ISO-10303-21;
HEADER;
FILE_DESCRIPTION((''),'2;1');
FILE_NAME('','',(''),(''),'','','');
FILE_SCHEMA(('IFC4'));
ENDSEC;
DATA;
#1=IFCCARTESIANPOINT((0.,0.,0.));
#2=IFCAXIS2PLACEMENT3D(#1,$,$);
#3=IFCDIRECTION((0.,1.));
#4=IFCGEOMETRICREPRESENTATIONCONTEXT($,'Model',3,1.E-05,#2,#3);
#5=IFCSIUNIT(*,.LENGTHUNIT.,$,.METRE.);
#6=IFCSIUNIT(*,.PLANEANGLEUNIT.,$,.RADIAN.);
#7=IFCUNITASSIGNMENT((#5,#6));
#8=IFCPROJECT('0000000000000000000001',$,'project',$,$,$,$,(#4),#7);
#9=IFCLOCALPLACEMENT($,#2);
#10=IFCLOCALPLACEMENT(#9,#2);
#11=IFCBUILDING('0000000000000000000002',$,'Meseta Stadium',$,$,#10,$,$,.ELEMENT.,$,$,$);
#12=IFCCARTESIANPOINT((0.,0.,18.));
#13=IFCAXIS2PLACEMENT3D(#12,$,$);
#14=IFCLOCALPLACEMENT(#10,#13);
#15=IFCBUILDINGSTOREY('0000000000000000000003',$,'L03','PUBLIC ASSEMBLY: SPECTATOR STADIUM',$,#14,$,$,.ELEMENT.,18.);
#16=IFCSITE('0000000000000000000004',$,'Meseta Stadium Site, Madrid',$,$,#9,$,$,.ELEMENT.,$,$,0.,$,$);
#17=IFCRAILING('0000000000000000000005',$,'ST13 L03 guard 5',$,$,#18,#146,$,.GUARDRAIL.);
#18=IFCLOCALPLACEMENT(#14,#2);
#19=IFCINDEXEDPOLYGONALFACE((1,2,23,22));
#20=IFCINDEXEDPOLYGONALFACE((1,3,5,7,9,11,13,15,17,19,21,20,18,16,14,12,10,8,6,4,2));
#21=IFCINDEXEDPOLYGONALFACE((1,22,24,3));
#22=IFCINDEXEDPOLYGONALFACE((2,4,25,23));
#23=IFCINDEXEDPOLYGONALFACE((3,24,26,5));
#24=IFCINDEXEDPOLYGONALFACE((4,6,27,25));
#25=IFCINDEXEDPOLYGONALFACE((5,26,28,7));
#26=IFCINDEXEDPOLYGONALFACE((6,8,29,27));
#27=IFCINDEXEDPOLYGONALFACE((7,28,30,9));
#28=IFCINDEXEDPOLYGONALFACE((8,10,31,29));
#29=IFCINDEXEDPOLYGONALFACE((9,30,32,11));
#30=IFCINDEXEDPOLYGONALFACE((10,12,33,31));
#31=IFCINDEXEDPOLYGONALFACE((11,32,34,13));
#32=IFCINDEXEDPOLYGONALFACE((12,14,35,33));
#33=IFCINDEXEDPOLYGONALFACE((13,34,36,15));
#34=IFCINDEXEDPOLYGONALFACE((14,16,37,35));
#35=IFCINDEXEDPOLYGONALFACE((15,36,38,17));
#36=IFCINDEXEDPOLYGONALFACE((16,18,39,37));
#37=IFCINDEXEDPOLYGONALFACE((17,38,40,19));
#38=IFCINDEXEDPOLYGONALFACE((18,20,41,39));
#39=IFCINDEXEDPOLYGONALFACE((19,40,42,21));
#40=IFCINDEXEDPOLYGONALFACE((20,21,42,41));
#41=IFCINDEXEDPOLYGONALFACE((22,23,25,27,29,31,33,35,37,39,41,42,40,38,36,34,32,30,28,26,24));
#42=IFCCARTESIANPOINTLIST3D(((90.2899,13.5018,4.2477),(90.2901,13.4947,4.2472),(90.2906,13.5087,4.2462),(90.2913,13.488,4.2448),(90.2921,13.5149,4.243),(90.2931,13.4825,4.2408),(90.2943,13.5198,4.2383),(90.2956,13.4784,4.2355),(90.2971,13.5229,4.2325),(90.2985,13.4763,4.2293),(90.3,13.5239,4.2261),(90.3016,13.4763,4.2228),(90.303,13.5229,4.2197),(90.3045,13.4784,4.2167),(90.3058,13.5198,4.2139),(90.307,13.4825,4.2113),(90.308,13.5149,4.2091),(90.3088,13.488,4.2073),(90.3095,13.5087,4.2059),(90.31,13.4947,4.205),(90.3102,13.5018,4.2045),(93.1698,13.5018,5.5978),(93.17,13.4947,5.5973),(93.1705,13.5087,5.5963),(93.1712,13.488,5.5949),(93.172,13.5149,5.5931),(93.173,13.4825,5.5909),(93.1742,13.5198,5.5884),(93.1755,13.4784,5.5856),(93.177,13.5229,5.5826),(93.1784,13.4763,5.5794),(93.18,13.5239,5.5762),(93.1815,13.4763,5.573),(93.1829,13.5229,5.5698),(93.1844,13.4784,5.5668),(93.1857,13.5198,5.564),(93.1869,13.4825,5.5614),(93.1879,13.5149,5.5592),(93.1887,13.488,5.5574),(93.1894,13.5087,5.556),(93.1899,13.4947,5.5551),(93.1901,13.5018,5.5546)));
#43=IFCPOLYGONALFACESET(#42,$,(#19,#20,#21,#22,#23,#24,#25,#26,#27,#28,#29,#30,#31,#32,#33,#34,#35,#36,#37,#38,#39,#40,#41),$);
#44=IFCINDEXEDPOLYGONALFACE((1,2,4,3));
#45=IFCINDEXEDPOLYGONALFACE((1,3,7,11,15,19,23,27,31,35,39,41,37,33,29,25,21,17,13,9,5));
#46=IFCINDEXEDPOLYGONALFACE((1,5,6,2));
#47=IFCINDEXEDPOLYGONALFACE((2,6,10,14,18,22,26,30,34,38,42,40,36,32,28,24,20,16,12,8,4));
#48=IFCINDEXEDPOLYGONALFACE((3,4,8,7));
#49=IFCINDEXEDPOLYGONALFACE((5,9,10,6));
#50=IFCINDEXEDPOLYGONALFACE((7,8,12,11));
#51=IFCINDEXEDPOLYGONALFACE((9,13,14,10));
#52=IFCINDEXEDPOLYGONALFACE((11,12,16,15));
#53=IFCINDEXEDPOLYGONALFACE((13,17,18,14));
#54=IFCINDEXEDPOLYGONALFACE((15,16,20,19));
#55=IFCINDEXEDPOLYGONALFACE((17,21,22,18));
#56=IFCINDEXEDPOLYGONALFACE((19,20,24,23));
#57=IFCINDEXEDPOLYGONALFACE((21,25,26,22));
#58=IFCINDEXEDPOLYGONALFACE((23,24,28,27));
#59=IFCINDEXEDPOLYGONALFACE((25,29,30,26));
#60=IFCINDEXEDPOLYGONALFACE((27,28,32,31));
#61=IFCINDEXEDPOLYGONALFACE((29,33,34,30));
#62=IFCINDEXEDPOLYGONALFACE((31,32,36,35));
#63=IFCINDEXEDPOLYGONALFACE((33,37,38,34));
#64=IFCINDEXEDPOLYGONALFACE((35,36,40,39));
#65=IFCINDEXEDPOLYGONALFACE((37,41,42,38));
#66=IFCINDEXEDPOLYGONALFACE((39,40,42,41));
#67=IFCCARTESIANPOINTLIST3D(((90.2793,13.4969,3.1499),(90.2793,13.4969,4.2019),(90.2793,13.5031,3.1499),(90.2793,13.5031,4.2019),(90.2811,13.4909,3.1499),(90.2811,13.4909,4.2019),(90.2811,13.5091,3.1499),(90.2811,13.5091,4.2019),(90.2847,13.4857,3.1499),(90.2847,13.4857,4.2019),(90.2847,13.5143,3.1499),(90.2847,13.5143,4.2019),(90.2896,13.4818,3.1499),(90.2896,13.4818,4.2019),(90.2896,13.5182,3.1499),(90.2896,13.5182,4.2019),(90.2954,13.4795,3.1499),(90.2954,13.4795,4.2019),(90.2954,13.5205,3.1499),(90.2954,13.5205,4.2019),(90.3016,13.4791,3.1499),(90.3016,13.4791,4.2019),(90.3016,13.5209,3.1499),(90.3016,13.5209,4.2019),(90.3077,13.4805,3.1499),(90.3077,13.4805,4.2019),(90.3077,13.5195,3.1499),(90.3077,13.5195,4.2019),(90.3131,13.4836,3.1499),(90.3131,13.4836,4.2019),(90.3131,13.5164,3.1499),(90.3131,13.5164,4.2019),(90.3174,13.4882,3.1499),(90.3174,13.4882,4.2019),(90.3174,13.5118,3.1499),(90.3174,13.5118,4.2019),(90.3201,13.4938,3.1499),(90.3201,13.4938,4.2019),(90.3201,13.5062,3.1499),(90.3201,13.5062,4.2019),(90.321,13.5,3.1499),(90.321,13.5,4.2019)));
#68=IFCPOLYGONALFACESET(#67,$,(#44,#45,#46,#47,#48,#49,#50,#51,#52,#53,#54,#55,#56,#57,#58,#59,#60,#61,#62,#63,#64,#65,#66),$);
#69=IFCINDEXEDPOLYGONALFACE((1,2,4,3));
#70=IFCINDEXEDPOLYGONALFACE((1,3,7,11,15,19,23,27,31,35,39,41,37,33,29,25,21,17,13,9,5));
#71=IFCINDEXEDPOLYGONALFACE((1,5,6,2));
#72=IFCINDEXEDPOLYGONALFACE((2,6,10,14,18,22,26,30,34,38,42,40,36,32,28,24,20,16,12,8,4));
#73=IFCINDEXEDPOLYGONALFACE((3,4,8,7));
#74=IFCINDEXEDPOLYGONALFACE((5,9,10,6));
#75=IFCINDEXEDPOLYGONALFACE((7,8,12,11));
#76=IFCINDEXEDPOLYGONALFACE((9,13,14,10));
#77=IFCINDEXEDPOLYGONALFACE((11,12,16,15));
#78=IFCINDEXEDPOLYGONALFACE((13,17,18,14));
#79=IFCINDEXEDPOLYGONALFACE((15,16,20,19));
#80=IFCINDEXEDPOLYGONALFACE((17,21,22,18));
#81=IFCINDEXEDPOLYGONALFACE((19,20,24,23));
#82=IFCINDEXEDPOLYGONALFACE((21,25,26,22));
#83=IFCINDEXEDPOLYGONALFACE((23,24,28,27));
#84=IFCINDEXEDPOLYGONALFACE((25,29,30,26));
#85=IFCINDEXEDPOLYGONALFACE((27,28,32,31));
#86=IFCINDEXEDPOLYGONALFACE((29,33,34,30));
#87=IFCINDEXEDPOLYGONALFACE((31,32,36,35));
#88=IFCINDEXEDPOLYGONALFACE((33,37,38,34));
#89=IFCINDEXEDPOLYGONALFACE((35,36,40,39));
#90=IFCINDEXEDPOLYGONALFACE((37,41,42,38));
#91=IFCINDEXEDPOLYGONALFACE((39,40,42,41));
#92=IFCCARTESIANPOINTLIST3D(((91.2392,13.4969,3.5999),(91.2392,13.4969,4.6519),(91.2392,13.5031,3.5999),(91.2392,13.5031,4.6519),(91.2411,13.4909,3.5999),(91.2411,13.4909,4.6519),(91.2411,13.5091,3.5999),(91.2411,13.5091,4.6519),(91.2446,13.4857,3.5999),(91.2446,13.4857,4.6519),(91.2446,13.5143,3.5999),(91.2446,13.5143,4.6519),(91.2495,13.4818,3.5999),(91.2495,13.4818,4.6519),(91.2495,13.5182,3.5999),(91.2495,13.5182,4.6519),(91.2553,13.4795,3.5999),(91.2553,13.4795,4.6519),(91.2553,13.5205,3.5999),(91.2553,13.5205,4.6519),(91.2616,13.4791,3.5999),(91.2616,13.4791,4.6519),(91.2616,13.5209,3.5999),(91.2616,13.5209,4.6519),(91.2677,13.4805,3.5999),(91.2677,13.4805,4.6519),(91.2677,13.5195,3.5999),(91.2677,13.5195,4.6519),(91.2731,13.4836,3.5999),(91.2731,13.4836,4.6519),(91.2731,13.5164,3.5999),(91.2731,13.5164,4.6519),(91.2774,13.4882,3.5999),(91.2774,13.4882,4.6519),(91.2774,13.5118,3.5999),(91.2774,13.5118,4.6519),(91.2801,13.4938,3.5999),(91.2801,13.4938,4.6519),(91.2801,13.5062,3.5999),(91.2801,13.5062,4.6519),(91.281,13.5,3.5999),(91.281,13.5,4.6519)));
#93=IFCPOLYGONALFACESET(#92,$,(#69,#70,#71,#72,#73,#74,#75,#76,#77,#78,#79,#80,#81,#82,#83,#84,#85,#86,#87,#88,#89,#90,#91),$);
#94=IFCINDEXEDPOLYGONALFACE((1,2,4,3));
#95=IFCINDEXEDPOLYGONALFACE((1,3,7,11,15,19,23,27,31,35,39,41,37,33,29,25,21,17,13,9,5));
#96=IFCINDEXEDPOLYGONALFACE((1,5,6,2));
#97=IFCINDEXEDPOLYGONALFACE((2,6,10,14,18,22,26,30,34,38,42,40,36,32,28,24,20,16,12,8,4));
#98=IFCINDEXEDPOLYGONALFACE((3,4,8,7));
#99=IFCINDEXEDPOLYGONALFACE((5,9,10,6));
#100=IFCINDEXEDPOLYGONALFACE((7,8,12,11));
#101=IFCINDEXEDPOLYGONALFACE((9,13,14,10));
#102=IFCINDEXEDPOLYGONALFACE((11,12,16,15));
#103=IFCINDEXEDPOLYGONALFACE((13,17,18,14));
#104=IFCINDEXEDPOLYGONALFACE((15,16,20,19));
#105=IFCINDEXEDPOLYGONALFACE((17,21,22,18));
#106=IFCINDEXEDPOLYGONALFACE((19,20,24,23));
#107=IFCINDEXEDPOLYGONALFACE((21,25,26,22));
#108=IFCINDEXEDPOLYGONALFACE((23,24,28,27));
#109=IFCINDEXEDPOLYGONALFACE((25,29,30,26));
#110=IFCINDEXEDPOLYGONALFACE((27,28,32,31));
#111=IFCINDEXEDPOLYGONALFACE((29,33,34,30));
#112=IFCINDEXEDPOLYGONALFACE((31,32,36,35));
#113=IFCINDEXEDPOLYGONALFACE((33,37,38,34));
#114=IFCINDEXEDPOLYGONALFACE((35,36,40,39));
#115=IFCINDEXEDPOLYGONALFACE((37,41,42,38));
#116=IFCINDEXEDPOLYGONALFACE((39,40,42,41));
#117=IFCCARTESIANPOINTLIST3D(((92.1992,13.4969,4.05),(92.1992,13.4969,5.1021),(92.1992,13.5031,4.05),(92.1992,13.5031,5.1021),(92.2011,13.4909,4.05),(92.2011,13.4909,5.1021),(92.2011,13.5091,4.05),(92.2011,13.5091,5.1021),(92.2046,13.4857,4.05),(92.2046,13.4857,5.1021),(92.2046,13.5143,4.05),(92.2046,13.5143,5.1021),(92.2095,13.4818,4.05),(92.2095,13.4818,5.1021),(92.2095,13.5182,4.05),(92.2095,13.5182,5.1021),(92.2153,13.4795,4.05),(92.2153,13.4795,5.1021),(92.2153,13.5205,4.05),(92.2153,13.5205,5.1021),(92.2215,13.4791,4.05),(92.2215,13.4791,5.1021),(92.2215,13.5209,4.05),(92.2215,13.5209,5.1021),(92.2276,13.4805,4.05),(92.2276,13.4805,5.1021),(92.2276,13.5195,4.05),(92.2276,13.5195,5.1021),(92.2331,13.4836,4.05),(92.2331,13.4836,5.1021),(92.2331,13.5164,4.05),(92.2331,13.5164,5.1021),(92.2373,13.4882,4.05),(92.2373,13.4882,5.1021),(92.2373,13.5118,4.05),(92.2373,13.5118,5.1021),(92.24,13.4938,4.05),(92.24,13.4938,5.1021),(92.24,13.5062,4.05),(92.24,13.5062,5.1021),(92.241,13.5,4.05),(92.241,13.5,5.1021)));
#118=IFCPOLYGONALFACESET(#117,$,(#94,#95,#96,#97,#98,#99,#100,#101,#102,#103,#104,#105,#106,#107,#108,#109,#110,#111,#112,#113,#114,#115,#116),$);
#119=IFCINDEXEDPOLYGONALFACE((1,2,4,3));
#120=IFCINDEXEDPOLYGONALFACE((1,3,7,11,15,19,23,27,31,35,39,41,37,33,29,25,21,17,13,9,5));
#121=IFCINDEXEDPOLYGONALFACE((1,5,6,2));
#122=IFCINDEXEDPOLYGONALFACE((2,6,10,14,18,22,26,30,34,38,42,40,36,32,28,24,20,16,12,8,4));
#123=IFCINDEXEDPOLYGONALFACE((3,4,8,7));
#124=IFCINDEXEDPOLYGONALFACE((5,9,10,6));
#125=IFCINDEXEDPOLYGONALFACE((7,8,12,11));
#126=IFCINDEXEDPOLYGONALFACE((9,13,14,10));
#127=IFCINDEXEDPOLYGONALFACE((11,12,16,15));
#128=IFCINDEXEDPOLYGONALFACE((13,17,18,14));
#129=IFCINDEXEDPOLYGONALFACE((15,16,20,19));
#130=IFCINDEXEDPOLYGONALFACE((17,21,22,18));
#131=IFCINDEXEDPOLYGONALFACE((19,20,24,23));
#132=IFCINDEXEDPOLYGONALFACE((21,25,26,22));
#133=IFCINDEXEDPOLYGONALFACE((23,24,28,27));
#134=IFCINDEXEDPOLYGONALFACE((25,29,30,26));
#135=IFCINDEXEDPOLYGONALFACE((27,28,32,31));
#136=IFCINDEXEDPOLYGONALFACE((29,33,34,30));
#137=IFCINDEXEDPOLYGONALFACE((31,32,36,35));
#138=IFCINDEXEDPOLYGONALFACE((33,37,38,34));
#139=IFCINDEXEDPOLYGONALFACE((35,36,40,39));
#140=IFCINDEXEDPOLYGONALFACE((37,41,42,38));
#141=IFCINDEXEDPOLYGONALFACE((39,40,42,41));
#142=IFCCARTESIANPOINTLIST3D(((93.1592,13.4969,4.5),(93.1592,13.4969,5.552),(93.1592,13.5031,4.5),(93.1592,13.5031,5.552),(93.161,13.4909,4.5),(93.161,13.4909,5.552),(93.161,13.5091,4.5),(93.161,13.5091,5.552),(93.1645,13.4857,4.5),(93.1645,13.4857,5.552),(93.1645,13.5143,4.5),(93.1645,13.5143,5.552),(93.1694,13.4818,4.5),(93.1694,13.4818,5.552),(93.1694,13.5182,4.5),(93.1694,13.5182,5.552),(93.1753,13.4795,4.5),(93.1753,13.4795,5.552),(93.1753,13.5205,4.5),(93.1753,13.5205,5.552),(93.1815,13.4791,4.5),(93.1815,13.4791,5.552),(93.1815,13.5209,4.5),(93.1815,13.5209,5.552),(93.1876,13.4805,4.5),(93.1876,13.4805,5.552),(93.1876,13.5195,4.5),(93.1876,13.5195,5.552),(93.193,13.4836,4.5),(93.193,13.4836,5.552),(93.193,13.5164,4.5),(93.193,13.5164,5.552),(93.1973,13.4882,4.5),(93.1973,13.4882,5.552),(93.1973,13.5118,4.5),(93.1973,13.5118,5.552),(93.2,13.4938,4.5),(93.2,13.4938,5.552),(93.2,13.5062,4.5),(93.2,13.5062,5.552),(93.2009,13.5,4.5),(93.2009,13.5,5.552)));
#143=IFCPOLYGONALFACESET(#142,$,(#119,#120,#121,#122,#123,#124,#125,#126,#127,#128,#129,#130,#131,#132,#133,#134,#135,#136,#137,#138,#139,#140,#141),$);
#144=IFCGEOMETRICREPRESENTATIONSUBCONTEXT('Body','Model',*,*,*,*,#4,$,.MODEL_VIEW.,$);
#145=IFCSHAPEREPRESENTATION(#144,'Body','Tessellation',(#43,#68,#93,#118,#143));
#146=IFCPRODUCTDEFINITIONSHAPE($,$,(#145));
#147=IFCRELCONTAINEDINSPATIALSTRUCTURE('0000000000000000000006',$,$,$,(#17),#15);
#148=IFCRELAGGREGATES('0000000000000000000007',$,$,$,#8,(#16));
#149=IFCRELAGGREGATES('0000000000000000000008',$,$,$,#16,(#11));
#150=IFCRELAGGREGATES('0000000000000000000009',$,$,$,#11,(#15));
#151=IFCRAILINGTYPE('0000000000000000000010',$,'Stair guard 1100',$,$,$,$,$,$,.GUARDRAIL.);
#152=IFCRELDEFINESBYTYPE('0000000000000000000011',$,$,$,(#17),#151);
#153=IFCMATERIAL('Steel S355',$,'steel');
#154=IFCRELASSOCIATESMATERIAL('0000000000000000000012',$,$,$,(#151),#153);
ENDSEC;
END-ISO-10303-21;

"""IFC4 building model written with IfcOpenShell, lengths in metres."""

from ifc_helpers import new_model, si_unit, direction, frame, origin, origin_2d, place, context, subcontext, project, spatial, circle, extrude, material, type_object, element, save


model = new_model("IFC4")

# Units and contexts
model_context = context("Model", 3, precision=1e-05, world=origin(), true_north=direction((0.0, 1.0)))
body_context = subcontext(model_context, "Body", "Model", "MODEL_VIEW")
ifc_project = project(units=[si_unit("LENGTHUNIT", "METRE"), si_unit("PLANEANGLEUNIT", "RADIAN")], contexts=[model_context])

# Site, building, storey
site_placement = place(None, origin())
site = spatial("IfcSite", under=ifc_project, at=site_placement, Name="Meseta Stadium Site, Madrid", CompositionType="ELEMENT", RefElevation=0.0)
building_placement = place(site_placement, origin())
building = spatial("IfcBuilding", under=site, at=building_placement, Name="Meseta Stadium", CompositionType="ELEMENT")
storey_placement = place(building_placement, frame((0.0, 0.0, 18.0)))
storey = spatial("IfcBuildingStorey", under=building, at=storey_placement, Name="L03", Description="PUBLIC ASSEMBLY: SPECTATOR STADIUM", CompositionType="ELEMENT", Elevation=18.0)

# Railing
ifc_material_1 = material(Name="Steel S355", Category="steel")
railing_type_1 = type_object("IfcRailingType", Name="Stair guard 1100", PredefinedType="GUARDRAIL", material=ifc_material_1)
railing_1_placement = place(storey_placement, frame((90.3, 13.5, 3.1499)))
element("IfcRailing", 1, at=railing_1_placement, inside=storey, type_object=railing_type_1, Name="ST13 L03 guard 5", PredefinedType="GUARDRAIL", context=body_context, shape_type="SweptSolid", body=[
    extrude(circle(Radius=0.0239, at=origin_2d()), frame((0.0, 0.0, 1.0762), z_axis=(0.90544, 0.0, 0.424473), x_axis=(0.0, 1.0, 0.0)), (0.0, 0.0, 1.0), 3.1807),
    extrude(circle(Radius=0.021, at=origin_2d()), origin(), (0.0, 0.0, 1.0), 1.052),
    extrude(circle(Radius=0.021, at=origin_2d()), frame((0.96, 0.0, 0.45)), (0.0, 0.0, 1.0), 1.052),
    extrude(circle(Radius=0.021, at=origin_2d()), frame((1.9199, 0.0, 0.9001)), (0.0, 0.0, 1.0), 1.052),
    extrude(circle(Radius=0.021, at=origin_2d()), frame((2.8799, 0.0, 1.3501)), (0.0, 0.0, 1.0), 1.052),
])

save(model, "model.ifc")
